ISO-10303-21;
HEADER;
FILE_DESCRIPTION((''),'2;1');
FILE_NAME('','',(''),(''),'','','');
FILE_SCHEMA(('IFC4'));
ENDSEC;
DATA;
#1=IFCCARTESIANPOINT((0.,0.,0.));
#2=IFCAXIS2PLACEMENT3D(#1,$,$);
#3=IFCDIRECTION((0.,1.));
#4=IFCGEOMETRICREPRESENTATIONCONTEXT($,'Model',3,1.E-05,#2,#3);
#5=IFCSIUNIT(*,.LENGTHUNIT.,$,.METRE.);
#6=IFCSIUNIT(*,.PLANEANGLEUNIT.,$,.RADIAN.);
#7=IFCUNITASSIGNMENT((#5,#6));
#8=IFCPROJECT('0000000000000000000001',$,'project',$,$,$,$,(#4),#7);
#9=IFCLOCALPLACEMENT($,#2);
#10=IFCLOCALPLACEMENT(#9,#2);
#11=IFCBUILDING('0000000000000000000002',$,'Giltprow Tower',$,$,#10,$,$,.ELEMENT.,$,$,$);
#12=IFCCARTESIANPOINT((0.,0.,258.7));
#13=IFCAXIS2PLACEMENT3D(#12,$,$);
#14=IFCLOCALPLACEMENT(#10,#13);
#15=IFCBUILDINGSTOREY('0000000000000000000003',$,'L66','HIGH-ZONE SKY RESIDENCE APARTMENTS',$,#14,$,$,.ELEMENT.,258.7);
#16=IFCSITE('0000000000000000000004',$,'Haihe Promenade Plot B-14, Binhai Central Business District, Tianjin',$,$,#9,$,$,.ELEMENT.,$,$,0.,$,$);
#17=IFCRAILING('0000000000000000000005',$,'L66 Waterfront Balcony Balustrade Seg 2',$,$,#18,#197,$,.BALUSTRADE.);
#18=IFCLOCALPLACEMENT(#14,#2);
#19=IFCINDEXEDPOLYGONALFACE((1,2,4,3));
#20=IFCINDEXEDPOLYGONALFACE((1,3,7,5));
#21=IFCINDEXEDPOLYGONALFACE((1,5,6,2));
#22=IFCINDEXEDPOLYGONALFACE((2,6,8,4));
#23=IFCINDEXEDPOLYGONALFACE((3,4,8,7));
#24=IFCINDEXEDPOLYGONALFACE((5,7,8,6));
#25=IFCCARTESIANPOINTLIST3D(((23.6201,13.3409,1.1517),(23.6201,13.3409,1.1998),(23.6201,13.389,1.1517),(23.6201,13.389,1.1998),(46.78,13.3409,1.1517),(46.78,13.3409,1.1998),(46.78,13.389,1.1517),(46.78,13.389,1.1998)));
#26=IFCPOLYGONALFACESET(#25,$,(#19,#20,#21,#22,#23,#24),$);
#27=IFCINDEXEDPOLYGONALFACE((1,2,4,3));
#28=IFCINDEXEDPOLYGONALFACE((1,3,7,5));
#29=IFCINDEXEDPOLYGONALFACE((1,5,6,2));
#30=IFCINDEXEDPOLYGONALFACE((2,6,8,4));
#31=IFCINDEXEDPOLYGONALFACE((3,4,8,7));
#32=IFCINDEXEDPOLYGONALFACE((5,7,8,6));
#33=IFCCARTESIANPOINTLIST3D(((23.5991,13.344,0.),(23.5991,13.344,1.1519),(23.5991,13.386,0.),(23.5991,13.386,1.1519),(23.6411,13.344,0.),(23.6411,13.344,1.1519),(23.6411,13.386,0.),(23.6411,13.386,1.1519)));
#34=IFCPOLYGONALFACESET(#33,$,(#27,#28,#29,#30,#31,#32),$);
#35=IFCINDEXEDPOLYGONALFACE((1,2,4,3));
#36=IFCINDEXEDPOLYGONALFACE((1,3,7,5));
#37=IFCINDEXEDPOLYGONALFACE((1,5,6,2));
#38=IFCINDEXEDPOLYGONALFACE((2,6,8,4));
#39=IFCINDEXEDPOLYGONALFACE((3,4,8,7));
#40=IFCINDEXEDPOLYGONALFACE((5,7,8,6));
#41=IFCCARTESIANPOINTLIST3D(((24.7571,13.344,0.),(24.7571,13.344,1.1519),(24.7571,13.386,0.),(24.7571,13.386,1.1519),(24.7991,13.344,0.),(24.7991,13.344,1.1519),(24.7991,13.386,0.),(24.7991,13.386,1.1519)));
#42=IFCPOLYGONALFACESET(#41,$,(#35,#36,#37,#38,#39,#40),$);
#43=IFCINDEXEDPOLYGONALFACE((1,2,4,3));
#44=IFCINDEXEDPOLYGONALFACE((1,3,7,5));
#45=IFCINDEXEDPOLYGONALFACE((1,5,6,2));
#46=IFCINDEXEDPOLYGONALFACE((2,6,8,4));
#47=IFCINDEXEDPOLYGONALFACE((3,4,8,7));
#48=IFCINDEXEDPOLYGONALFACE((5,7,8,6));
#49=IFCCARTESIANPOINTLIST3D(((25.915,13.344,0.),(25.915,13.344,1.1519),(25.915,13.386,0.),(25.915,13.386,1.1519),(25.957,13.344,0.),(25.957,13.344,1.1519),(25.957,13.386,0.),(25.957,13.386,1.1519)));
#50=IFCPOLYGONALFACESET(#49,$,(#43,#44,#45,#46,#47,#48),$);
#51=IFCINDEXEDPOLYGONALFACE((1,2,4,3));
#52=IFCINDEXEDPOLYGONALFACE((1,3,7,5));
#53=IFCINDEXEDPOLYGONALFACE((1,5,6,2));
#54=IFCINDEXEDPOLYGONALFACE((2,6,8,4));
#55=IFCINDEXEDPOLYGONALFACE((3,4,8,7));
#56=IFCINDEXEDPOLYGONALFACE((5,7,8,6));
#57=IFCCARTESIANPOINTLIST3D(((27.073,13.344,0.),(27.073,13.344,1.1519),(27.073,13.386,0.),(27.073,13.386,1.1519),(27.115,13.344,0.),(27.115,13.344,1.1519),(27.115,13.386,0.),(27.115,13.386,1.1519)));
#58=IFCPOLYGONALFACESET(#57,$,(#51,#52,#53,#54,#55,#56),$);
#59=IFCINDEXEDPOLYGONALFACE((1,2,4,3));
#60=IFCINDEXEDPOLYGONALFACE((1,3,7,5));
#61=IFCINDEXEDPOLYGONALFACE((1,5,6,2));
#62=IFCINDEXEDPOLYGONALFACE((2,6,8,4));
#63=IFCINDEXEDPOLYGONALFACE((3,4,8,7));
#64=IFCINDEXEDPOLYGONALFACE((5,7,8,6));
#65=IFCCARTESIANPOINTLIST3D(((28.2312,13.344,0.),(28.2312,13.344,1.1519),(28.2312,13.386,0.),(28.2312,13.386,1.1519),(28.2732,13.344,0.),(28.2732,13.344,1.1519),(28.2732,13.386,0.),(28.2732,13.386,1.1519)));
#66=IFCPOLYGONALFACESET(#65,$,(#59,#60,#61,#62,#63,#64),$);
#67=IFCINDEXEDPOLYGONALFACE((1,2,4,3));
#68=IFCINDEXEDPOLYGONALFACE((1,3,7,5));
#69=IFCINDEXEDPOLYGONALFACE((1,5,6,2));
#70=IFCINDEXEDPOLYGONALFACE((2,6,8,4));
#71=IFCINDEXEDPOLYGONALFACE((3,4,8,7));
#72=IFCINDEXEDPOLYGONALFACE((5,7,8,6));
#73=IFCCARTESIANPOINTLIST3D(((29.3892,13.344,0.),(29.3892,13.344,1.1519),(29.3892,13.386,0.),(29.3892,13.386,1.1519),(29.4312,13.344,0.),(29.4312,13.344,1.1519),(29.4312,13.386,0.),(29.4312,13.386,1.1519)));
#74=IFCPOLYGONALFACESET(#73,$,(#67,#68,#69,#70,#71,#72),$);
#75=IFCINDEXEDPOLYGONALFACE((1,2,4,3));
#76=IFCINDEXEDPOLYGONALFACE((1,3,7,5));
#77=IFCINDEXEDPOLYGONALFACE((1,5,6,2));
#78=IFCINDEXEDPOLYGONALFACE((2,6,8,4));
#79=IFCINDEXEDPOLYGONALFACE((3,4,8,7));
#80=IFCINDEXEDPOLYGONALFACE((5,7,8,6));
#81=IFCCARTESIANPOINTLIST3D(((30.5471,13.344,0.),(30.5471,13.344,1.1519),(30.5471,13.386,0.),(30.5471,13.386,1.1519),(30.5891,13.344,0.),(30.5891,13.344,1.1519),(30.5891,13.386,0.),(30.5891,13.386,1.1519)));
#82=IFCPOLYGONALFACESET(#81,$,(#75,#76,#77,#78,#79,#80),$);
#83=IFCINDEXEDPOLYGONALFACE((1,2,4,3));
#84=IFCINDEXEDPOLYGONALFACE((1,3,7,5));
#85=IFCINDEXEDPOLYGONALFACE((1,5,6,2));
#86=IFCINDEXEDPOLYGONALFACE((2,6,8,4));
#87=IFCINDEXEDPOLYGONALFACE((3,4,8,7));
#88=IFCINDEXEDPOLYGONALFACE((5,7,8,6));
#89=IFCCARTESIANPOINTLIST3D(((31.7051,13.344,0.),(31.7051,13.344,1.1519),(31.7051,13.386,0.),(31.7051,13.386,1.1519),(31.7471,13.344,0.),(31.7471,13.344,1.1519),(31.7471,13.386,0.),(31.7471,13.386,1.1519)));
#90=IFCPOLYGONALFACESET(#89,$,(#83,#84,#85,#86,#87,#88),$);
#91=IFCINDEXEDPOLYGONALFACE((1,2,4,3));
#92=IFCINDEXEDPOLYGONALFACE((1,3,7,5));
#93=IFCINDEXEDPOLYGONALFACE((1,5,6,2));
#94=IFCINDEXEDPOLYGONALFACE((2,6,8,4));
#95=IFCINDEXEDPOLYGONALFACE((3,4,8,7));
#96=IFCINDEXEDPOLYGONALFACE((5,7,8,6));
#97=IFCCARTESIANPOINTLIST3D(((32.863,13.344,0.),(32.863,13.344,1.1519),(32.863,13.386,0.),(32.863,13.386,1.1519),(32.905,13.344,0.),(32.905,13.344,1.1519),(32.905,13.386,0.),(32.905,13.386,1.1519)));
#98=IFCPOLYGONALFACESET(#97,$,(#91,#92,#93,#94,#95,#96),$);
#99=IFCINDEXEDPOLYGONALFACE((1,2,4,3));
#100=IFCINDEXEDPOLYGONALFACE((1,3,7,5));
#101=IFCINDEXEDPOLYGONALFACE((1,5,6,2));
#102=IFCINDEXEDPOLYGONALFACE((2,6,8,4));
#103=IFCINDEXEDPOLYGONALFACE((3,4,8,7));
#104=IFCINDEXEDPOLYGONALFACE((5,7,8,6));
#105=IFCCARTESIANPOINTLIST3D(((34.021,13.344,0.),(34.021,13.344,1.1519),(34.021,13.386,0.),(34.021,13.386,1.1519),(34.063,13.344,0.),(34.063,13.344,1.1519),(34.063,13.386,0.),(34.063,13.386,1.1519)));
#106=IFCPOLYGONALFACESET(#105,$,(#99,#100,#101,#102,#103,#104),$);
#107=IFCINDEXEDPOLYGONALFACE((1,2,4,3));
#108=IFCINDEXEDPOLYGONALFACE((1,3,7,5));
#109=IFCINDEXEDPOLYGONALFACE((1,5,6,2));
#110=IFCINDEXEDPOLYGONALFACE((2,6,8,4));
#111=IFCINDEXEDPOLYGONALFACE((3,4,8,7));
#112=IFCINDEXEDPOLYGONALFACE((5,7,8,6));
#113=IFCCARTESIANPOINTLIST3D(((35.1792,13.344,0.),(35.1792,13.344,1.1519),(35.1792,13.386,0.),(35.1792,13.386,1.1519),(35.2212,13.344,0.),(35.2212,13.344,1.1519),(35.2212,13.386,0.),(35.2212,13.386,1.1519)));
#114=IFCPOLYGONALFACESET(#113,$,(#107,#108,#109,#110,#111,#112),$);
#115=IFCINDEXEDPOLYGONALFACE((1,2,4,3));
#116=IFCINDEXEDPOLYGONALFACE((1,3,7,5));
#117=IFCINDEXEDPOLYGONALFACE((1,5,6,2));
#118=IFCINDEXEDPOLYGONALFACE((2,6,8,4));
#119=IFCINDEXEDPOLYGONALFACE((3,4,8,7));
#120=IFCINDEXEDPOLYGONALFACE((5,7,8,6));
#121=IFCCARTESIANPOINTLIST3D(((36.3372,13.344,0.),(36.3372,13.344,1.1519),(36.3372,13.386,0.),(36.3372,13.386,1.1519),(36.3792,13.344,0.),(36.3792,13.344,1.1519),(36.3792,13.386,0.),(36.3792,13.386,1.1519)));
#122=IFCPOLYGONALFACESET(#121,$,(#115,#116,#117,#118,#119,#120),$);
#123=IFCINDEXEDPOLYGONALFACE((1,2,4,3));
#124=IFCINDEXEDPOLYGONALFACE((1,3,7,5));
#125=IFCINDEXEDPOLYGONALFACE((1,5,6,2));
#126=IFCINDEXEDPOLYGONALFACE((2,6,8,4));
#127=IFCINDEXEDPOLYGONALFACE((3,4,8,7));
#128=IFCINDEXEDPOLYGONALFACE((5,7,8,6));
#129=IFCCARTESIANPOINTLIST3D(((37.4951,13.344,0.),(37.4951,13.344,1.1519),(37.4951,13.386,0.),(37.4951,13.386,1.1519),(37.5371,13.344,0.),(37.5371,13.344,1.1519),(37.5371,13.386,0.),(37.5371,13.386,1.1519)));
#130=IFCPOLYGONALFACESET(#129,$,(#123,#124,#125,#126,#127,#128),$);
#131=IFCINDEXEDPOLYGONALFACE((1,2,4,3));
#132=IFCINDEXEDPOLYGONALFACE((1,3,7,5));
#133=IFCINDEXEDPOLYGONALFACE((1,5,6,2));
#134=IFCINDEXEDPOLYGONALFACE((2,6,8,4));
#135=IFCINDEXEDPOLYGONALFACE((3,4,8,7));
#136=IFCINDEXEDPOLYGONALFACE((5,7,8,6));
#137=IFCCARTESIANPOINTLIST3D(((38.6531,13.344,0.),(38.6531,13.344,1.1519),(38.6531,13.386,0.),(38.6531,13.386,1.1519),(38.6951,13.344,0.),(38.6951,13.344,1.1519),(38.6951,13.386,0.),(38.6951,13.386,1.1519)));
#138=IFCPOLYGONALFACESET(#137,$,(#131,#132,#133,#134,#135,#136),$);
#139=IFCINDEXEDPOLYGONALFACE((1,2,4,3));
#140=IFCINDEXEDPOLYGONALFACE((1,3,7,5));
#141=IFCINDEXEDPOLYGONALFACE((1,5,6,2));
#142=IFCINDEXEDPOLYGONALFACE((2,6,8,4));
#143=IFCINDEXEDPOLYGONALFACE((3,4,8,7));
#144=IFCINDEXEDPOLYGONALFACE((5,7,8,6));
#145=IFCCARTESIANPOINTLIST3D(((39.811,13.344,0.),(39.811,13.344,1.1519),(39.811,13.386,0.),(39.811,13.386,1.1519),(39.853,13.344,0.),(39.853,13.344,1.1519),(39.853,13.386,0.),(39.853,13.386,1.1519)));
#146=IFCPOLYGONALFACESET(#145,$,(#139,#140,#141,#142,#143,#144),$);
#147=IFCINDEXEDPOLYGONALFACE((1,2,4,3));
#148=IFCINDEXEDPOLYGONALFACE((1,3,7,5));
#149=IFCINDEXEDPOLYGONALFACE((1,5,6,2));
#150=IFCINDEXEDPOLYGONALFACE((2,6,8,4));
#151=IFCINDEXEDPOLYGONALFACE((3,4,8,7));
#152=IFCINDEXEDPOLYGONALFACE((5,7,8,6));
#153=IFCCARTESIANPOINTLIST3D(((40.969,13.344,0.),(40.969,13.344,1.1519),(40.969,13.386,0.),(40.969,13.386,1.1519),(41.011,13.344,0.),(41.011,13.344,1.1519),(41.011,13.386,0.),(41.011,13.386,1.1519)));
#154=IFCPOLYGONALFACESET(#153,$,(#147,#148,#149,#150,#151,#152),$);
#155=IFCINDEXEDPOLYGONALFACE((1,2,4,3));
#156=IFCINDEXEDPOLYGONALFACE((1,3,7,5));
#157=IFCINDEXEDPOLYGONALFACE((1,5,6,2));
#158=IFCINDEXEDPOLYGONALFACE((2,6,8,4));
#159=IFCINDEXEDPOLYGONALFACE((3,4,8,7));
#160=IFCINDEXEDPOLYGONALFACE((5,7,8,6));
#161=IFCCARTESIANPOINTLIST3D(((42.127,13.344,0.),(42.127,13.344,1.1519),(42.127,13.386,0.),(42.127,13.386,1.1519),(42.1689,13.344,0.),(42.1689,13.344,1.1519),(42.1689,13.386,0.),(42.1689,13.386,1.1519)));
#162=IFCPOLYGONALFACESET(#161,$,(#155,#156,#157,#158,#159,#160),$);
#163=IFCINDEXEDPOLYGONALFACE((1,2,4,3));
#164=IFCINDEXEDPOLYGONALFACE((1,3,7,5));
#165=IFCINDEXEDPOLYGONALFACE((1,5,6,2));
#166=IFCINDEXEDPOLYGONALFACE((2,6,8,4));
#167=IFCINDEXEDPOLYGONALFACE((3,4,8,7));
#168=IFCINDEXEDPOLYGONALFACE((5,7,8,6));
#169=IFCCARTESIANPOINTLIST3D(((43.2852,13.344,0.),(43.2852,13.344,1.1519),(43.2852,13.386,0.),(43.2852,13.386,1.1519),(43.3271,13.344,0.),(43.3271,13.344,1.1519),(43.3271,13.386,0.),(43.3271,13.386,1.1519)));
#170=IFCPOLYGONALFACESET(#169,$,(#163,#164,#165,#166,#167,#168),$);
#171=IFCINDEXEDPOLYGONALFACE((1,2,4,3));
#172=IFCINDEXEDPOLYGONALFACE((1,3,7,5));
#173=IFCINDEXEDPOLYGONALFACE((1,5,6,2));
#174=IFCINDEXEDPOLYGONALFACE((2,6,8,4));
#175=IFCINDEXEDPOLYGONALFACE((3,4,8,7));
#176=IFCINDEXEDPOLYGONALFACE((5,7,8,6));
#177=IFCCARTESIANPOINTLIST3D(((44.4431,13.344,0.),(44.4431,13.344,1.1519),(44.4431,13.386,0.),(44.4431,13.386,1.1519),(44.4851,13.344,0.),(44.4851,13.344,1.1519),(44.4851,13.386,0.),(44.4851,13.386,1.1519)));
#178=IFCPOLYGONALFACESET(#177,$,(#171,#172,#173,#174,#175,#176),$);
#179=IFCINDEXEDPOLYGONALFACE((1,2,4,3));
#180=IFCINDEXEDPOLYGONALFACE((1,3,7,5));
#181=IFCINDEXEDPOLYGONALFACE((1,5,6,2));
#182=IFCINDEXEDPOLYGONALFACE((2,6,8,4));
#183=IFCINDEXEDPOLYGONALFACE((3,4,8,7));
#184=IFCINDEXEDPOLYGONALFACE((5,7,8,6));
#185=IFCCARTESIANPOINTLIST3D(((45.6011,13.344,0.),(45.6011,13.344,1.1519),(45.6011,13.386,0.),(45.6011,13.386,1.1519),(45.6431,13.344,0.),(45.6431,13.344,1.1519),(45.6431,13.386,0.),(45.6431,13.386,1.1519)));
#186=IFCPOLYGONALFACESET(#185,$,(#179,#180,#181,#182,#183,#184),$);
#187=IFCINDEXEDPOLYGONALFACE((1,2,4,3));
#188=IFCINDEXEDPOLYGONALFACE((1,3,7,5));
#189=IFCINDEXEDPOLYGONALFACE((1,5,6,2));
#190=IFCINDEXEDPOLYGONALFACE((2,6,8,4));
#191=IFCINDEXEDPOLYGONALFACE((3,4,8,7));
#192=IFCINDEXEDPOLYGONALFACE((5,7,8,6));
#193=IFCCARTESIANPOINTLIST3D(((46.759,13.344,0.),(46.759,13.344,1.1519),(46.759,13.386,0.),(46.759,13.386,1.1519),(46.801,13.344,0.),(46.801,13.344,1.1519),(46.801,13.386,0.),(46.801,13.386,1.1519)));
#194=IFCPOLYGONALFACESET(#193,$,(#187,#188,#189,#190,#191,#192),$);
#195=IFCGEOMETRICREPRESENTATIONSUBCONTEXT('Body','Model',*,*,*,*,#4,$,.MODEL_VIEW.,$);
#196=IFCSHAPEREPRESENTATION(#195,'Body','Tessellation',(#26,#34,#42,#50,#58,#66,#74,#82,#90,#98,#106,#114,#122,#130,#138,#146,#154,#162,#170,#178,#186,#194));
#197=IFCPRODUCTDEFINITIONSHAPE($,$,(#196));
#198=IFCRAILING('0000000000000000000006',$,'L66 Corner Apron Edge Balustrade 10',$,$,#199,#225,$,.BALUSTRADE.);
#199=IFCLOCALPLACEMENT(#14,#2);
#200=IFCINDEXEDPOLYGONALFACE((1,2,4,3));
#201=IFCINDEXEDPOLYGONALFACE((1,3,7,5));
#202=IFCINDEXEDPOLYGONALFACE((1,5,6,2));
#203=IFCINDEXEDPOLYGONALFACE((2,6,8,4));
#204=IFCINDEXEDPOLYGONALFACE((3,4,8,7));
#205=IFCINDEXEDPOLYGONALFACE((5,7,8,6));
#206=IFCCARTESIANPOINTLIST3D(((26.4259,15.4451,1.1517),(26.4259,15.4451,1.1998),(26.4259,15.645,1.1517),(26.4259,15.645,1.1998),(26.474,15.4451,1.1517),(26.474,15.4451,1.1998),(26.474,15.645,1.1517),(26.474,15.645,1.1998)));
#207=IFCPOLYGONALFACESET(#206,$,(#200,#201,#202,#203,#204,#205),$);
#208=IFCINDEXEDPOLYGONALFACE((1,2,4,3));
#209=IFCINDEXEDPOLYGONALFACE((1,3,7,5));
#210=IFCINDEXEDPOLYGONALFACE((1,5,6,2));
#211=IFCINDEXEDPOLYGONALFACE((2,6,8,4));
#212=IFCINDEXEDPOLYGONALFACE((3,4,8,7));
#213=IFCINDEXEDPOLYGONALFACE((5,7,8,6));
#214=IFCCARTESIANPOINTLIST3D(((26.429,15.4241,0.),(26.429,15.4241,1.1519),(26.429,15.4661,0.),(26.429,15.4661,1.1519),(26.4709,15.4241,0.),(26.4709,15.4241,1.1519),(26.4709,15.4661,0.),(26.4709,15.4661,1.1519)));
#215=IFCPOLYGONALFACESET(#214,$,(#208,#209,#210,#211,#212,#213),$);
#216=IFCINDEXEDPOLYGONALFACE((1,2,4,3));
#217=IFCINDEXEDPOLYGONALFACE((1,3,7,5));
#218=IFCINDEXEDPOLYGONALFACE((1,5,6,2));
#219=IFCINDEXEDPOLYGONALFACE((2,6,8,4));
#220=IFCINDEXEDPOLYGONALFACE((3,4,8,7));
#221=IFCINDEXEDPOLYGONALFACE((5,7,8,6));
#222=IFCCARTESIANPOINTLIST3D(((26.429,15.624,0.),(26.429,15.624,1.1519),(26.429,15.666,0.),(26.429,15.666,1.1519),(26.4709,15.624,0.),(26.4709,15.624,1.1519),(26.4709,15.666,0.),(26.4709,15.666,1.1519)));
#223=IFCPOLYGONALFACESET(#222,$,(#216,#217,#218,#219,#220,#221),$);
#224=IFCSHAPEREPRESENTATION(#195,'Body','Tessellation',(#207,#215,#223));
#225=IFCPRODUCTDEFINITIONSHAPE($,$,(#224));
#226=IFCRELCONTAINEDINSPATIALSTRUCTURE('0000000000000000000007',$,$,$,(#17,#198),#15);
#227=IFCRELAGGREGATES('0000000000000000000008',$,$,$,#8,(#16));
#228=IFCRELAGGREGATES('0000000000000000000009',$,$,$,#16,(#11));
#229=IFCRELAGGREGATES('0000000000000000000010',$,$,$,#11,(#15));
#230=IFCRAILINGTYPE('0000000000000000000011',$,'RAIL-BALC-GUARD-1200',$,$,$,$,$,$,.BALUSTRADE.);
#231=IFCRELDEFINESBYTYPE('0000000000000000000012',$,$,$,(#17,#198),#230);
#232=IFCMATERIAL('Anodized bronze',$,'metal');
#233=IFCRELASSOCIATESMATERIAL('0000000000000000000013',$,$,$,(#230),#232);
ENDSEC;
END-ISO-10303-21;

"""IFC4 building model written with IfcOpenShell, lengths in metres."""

from ifc_helpers import new_model, si_unit, direction, frame, origin, origin_2d, place, context, subcontext, project, spatial, rectangle, extrude, material, type_object, element, save


model = new_model("IFC4")

# Units and contexts
model_context = context("Model", 3, precision=1e-05, world=origin(), true_north=direction((0.0, 1.0)))
body_context = subcontext(model_context, "Body", "Model", "MODEL_VIEW")
ifc_project = project(units=[si_unit("LENGTHUNIT", "METRE"), si_unit("PLANEANGLEUNIT", "RADIAN")], contexts=[model_context])

# Site, building, storey
site_placement = place(None, origin())
site = spatial("IfcSite", under=ifc_project, at=site_placement, Name="Haihe Promenade Plot B-14, Binhai Central Business District, Tianjin", CompositionType="ELEMENT", RefElevation=0.0)
building_placement = place(site_placement, origin())
building = spatial("IfcBuilding", under=site, at=building_placement, Name="Giltprow Tower", CompositionType="ELEMENT")
storey_placement = place(building_placement, frame((0.0, 0.0, 258.7)))
storey = spatial("IfcBuildingStorey", under=building, at=storey_placement, Name="L66", Description="HIGH-ZONE SKY RESIDENCE APARTMENTS", CompositionType="ELEMENT", Elevation=258.7)

# Railings
ifc_material_1 = material(Name="Anodized bronze", Category="metal")
railing_type = type_object("IfcRailingType", Name="RAIL-BALC-GUARD-1200", PredefinedType="BALUSTRADE", material=ifc_material_1)
railing_1_placement = place(storey_placement, frame((23.6201, 13.365, 0.0)))
element("IfcRailing", 1, at=railing_1_placement, inside=storey, type_object=railing_type, Name="L66 Waterfront Balcony Balustrade Seg 2", PredefinedType="BALUSTRADE", context=body_context, shape_type="SweptSolid", body=[
    extrude(rectangle(XDim=0.0481, YDim=0.0481, at=origin_2d()), frame((0.0, 0.0, 1.1758), z_axis=(1.0, 0.0, 0.0), x_axis=(0.0, 1.0, 0.0)), (0.0, 0.0, 1.0), 23.1599),
    extrude(rectangle(XDim=0.042, YDim=0.042, at=origin_2d()), origin(), (0.0, 0.0, 1.0), 1.1519),
    extrude(rectangle(XDim=0.042, YDim=0.042, at=origin_2d()), frame((1.158, 0.0, 0.0)), (0.0, 0.0, 1.0), 1.1519),
    extrude(rectangle(XDim=0.042, YDim=0.042, at=origin_2d()), frame((2.3159, 0.0, 0.0)), (0.0, 0.0, 1.0), 1.1519),
    extrude(rectangle(XDim=0.042, YDim=0.042, at=origin_2d()), frame((3.4739, 0.0, 0.0)), (0.0, 0.0, 1.0), 1.1519),
    extrude(rectangle(XDim=0.042, YDim=0.042, at=origin_2d()), frame((4.6321, 0.0, 0.0)), (0.0, 0.0, 1.0), 1.1519),
    extrude(rectangle(XDim=0.042, YDim=0.042, at=origin_2d()), frame((5.79, 0.0, 0.0)), (0.0, 0.0, 1.0), 1.1519),
    extrude(rectangle(XDim=0.042, YDim=0.042, at=origin_2d()), frame((6.948, 0.0, 0.0)), (0.0, 0.0, 1.0), 1.1519),
    extrude(rectangle(XDim=0.042, YDim=0.042, at=origin_2d()), frame((8.106, 0.0, 0.0)), (0.0, 0.0, 1.0), 1.1519),
    extrude(rectangle(XDim=0.042, YDim=0.042, at=origin_2d()), frame((9.2639, 0.0, 0.0)), (0.0, 0.0, 1.0), 1.1519),
    extrude(rectangle(XDim=0.042, YDim=0.042, at=origin_2d()), frame((10.4219, 0.0, 0.0)), (0.0, 0.0, 1.0), 1.1519),
    extrude(rectangle(XDim=0.042, YDim=0.042, at=origin_2d()), frame((11.5801, 0.0, 0.0)), (0.0, 0.0, 1.0), 1.1519),
    extrude(rectangle(XDim=0.042, YDim=0.042, at=origin_2d()), frame((12.738, 0.0, 0.0)), (0.0, 0.0, 1.0), 1.1519),
    extrude(rectangle(XDim=0.042, YDim=0.042, at=origin_2d()), frame((13.896, 0.0, 0.0)), (0.0, 0.0, 1.0), 1.1519),
    extrude(rectangle(XDim=0.042, YDim=0.042, at=origin_2d()), frame((15.054, 0.0, 0.0)), (0.0, 0.0, 1.0), 1.1519),
    extrude(rectangle(XDim=0.042, YDim=0.042, at=origin_2d()), frame((16.2119, 0.0, 0.0)), (0.0, 0.0, 1.0), 1.1519),
    extrude(rectangle(XDim=0.042, YDim=0.042, at=origin_2d()), frame((17.3699, 0.0, 0.0)), (0.0, 0.0, 1.0), 1.1519),
    extrude(rectangle(XDim=0.042, YDim=0.042, at=origin_2d()), frame((18.5278, 0.0, 0.0)), (0.0, 0.0, 1.0), 1.1519),
    extrude(rectangle(XDim=0.042, YDim=0.042, at=origin_2d()), frame((19.686, 0.0, 0.0)), (0.0, 0.0, 1.0), 1.1519),
    extrude(rectangle(XDim=0.042, YDim=0.042, at=origin_2d()), frame((20.844, 0.0, 0.0)), (0.0, 0.0, 1.0), 1.1519),
    extrude(rectangle(XDim=0.042, YDim=0.042, at=origin_2d()), frame((22.002, 0.0, 0.0)), (0.0, 0.0, 1.0), 1.1519),
    extrude(rectangle(XDim=0.042, YDim=0.042, at=origin_2d()), frame((23.1599, 0.0, 0.0)), (0.0, 0.0, 1.0), 1.1519),
])
railing_2_placement = place(storey_placement, frame((26.45, 15.4451, 0.0)))
element("IfcRailing", 2, at=railing_2_placement, inside=storey, type_object=railing_type, Name="L66 Corner Apron Edge Balustrade 10", PredefinedType="BALUSTRADE", context=body_context, shape_type="SweptSolid", body=[
    extrude(rectangle(XDim=0.0481, YDim=0.0481, at=origin_2d()), frame((0.0, 0.0, 1.1758), z_axis=(0.0, 1.0, 0.0), x_axis=(-1.0, 0.0, 0.0)), (0.0, 0.0, 1.0), 0.2),
    extrude(rectangle(XDim=0.042, YDim=0.042, at=origin_2d()), origin(), (0.0, 0.0, 1.0), 1.1519),
    extrude(rectangle(XDim=0.042, YDim=0.042, at=origin_2d()), frame((0.0, 0.2, 0.0)), (0.0, 0.0, 1.0), 1.1519),
])

save(model, "model.ifc")
